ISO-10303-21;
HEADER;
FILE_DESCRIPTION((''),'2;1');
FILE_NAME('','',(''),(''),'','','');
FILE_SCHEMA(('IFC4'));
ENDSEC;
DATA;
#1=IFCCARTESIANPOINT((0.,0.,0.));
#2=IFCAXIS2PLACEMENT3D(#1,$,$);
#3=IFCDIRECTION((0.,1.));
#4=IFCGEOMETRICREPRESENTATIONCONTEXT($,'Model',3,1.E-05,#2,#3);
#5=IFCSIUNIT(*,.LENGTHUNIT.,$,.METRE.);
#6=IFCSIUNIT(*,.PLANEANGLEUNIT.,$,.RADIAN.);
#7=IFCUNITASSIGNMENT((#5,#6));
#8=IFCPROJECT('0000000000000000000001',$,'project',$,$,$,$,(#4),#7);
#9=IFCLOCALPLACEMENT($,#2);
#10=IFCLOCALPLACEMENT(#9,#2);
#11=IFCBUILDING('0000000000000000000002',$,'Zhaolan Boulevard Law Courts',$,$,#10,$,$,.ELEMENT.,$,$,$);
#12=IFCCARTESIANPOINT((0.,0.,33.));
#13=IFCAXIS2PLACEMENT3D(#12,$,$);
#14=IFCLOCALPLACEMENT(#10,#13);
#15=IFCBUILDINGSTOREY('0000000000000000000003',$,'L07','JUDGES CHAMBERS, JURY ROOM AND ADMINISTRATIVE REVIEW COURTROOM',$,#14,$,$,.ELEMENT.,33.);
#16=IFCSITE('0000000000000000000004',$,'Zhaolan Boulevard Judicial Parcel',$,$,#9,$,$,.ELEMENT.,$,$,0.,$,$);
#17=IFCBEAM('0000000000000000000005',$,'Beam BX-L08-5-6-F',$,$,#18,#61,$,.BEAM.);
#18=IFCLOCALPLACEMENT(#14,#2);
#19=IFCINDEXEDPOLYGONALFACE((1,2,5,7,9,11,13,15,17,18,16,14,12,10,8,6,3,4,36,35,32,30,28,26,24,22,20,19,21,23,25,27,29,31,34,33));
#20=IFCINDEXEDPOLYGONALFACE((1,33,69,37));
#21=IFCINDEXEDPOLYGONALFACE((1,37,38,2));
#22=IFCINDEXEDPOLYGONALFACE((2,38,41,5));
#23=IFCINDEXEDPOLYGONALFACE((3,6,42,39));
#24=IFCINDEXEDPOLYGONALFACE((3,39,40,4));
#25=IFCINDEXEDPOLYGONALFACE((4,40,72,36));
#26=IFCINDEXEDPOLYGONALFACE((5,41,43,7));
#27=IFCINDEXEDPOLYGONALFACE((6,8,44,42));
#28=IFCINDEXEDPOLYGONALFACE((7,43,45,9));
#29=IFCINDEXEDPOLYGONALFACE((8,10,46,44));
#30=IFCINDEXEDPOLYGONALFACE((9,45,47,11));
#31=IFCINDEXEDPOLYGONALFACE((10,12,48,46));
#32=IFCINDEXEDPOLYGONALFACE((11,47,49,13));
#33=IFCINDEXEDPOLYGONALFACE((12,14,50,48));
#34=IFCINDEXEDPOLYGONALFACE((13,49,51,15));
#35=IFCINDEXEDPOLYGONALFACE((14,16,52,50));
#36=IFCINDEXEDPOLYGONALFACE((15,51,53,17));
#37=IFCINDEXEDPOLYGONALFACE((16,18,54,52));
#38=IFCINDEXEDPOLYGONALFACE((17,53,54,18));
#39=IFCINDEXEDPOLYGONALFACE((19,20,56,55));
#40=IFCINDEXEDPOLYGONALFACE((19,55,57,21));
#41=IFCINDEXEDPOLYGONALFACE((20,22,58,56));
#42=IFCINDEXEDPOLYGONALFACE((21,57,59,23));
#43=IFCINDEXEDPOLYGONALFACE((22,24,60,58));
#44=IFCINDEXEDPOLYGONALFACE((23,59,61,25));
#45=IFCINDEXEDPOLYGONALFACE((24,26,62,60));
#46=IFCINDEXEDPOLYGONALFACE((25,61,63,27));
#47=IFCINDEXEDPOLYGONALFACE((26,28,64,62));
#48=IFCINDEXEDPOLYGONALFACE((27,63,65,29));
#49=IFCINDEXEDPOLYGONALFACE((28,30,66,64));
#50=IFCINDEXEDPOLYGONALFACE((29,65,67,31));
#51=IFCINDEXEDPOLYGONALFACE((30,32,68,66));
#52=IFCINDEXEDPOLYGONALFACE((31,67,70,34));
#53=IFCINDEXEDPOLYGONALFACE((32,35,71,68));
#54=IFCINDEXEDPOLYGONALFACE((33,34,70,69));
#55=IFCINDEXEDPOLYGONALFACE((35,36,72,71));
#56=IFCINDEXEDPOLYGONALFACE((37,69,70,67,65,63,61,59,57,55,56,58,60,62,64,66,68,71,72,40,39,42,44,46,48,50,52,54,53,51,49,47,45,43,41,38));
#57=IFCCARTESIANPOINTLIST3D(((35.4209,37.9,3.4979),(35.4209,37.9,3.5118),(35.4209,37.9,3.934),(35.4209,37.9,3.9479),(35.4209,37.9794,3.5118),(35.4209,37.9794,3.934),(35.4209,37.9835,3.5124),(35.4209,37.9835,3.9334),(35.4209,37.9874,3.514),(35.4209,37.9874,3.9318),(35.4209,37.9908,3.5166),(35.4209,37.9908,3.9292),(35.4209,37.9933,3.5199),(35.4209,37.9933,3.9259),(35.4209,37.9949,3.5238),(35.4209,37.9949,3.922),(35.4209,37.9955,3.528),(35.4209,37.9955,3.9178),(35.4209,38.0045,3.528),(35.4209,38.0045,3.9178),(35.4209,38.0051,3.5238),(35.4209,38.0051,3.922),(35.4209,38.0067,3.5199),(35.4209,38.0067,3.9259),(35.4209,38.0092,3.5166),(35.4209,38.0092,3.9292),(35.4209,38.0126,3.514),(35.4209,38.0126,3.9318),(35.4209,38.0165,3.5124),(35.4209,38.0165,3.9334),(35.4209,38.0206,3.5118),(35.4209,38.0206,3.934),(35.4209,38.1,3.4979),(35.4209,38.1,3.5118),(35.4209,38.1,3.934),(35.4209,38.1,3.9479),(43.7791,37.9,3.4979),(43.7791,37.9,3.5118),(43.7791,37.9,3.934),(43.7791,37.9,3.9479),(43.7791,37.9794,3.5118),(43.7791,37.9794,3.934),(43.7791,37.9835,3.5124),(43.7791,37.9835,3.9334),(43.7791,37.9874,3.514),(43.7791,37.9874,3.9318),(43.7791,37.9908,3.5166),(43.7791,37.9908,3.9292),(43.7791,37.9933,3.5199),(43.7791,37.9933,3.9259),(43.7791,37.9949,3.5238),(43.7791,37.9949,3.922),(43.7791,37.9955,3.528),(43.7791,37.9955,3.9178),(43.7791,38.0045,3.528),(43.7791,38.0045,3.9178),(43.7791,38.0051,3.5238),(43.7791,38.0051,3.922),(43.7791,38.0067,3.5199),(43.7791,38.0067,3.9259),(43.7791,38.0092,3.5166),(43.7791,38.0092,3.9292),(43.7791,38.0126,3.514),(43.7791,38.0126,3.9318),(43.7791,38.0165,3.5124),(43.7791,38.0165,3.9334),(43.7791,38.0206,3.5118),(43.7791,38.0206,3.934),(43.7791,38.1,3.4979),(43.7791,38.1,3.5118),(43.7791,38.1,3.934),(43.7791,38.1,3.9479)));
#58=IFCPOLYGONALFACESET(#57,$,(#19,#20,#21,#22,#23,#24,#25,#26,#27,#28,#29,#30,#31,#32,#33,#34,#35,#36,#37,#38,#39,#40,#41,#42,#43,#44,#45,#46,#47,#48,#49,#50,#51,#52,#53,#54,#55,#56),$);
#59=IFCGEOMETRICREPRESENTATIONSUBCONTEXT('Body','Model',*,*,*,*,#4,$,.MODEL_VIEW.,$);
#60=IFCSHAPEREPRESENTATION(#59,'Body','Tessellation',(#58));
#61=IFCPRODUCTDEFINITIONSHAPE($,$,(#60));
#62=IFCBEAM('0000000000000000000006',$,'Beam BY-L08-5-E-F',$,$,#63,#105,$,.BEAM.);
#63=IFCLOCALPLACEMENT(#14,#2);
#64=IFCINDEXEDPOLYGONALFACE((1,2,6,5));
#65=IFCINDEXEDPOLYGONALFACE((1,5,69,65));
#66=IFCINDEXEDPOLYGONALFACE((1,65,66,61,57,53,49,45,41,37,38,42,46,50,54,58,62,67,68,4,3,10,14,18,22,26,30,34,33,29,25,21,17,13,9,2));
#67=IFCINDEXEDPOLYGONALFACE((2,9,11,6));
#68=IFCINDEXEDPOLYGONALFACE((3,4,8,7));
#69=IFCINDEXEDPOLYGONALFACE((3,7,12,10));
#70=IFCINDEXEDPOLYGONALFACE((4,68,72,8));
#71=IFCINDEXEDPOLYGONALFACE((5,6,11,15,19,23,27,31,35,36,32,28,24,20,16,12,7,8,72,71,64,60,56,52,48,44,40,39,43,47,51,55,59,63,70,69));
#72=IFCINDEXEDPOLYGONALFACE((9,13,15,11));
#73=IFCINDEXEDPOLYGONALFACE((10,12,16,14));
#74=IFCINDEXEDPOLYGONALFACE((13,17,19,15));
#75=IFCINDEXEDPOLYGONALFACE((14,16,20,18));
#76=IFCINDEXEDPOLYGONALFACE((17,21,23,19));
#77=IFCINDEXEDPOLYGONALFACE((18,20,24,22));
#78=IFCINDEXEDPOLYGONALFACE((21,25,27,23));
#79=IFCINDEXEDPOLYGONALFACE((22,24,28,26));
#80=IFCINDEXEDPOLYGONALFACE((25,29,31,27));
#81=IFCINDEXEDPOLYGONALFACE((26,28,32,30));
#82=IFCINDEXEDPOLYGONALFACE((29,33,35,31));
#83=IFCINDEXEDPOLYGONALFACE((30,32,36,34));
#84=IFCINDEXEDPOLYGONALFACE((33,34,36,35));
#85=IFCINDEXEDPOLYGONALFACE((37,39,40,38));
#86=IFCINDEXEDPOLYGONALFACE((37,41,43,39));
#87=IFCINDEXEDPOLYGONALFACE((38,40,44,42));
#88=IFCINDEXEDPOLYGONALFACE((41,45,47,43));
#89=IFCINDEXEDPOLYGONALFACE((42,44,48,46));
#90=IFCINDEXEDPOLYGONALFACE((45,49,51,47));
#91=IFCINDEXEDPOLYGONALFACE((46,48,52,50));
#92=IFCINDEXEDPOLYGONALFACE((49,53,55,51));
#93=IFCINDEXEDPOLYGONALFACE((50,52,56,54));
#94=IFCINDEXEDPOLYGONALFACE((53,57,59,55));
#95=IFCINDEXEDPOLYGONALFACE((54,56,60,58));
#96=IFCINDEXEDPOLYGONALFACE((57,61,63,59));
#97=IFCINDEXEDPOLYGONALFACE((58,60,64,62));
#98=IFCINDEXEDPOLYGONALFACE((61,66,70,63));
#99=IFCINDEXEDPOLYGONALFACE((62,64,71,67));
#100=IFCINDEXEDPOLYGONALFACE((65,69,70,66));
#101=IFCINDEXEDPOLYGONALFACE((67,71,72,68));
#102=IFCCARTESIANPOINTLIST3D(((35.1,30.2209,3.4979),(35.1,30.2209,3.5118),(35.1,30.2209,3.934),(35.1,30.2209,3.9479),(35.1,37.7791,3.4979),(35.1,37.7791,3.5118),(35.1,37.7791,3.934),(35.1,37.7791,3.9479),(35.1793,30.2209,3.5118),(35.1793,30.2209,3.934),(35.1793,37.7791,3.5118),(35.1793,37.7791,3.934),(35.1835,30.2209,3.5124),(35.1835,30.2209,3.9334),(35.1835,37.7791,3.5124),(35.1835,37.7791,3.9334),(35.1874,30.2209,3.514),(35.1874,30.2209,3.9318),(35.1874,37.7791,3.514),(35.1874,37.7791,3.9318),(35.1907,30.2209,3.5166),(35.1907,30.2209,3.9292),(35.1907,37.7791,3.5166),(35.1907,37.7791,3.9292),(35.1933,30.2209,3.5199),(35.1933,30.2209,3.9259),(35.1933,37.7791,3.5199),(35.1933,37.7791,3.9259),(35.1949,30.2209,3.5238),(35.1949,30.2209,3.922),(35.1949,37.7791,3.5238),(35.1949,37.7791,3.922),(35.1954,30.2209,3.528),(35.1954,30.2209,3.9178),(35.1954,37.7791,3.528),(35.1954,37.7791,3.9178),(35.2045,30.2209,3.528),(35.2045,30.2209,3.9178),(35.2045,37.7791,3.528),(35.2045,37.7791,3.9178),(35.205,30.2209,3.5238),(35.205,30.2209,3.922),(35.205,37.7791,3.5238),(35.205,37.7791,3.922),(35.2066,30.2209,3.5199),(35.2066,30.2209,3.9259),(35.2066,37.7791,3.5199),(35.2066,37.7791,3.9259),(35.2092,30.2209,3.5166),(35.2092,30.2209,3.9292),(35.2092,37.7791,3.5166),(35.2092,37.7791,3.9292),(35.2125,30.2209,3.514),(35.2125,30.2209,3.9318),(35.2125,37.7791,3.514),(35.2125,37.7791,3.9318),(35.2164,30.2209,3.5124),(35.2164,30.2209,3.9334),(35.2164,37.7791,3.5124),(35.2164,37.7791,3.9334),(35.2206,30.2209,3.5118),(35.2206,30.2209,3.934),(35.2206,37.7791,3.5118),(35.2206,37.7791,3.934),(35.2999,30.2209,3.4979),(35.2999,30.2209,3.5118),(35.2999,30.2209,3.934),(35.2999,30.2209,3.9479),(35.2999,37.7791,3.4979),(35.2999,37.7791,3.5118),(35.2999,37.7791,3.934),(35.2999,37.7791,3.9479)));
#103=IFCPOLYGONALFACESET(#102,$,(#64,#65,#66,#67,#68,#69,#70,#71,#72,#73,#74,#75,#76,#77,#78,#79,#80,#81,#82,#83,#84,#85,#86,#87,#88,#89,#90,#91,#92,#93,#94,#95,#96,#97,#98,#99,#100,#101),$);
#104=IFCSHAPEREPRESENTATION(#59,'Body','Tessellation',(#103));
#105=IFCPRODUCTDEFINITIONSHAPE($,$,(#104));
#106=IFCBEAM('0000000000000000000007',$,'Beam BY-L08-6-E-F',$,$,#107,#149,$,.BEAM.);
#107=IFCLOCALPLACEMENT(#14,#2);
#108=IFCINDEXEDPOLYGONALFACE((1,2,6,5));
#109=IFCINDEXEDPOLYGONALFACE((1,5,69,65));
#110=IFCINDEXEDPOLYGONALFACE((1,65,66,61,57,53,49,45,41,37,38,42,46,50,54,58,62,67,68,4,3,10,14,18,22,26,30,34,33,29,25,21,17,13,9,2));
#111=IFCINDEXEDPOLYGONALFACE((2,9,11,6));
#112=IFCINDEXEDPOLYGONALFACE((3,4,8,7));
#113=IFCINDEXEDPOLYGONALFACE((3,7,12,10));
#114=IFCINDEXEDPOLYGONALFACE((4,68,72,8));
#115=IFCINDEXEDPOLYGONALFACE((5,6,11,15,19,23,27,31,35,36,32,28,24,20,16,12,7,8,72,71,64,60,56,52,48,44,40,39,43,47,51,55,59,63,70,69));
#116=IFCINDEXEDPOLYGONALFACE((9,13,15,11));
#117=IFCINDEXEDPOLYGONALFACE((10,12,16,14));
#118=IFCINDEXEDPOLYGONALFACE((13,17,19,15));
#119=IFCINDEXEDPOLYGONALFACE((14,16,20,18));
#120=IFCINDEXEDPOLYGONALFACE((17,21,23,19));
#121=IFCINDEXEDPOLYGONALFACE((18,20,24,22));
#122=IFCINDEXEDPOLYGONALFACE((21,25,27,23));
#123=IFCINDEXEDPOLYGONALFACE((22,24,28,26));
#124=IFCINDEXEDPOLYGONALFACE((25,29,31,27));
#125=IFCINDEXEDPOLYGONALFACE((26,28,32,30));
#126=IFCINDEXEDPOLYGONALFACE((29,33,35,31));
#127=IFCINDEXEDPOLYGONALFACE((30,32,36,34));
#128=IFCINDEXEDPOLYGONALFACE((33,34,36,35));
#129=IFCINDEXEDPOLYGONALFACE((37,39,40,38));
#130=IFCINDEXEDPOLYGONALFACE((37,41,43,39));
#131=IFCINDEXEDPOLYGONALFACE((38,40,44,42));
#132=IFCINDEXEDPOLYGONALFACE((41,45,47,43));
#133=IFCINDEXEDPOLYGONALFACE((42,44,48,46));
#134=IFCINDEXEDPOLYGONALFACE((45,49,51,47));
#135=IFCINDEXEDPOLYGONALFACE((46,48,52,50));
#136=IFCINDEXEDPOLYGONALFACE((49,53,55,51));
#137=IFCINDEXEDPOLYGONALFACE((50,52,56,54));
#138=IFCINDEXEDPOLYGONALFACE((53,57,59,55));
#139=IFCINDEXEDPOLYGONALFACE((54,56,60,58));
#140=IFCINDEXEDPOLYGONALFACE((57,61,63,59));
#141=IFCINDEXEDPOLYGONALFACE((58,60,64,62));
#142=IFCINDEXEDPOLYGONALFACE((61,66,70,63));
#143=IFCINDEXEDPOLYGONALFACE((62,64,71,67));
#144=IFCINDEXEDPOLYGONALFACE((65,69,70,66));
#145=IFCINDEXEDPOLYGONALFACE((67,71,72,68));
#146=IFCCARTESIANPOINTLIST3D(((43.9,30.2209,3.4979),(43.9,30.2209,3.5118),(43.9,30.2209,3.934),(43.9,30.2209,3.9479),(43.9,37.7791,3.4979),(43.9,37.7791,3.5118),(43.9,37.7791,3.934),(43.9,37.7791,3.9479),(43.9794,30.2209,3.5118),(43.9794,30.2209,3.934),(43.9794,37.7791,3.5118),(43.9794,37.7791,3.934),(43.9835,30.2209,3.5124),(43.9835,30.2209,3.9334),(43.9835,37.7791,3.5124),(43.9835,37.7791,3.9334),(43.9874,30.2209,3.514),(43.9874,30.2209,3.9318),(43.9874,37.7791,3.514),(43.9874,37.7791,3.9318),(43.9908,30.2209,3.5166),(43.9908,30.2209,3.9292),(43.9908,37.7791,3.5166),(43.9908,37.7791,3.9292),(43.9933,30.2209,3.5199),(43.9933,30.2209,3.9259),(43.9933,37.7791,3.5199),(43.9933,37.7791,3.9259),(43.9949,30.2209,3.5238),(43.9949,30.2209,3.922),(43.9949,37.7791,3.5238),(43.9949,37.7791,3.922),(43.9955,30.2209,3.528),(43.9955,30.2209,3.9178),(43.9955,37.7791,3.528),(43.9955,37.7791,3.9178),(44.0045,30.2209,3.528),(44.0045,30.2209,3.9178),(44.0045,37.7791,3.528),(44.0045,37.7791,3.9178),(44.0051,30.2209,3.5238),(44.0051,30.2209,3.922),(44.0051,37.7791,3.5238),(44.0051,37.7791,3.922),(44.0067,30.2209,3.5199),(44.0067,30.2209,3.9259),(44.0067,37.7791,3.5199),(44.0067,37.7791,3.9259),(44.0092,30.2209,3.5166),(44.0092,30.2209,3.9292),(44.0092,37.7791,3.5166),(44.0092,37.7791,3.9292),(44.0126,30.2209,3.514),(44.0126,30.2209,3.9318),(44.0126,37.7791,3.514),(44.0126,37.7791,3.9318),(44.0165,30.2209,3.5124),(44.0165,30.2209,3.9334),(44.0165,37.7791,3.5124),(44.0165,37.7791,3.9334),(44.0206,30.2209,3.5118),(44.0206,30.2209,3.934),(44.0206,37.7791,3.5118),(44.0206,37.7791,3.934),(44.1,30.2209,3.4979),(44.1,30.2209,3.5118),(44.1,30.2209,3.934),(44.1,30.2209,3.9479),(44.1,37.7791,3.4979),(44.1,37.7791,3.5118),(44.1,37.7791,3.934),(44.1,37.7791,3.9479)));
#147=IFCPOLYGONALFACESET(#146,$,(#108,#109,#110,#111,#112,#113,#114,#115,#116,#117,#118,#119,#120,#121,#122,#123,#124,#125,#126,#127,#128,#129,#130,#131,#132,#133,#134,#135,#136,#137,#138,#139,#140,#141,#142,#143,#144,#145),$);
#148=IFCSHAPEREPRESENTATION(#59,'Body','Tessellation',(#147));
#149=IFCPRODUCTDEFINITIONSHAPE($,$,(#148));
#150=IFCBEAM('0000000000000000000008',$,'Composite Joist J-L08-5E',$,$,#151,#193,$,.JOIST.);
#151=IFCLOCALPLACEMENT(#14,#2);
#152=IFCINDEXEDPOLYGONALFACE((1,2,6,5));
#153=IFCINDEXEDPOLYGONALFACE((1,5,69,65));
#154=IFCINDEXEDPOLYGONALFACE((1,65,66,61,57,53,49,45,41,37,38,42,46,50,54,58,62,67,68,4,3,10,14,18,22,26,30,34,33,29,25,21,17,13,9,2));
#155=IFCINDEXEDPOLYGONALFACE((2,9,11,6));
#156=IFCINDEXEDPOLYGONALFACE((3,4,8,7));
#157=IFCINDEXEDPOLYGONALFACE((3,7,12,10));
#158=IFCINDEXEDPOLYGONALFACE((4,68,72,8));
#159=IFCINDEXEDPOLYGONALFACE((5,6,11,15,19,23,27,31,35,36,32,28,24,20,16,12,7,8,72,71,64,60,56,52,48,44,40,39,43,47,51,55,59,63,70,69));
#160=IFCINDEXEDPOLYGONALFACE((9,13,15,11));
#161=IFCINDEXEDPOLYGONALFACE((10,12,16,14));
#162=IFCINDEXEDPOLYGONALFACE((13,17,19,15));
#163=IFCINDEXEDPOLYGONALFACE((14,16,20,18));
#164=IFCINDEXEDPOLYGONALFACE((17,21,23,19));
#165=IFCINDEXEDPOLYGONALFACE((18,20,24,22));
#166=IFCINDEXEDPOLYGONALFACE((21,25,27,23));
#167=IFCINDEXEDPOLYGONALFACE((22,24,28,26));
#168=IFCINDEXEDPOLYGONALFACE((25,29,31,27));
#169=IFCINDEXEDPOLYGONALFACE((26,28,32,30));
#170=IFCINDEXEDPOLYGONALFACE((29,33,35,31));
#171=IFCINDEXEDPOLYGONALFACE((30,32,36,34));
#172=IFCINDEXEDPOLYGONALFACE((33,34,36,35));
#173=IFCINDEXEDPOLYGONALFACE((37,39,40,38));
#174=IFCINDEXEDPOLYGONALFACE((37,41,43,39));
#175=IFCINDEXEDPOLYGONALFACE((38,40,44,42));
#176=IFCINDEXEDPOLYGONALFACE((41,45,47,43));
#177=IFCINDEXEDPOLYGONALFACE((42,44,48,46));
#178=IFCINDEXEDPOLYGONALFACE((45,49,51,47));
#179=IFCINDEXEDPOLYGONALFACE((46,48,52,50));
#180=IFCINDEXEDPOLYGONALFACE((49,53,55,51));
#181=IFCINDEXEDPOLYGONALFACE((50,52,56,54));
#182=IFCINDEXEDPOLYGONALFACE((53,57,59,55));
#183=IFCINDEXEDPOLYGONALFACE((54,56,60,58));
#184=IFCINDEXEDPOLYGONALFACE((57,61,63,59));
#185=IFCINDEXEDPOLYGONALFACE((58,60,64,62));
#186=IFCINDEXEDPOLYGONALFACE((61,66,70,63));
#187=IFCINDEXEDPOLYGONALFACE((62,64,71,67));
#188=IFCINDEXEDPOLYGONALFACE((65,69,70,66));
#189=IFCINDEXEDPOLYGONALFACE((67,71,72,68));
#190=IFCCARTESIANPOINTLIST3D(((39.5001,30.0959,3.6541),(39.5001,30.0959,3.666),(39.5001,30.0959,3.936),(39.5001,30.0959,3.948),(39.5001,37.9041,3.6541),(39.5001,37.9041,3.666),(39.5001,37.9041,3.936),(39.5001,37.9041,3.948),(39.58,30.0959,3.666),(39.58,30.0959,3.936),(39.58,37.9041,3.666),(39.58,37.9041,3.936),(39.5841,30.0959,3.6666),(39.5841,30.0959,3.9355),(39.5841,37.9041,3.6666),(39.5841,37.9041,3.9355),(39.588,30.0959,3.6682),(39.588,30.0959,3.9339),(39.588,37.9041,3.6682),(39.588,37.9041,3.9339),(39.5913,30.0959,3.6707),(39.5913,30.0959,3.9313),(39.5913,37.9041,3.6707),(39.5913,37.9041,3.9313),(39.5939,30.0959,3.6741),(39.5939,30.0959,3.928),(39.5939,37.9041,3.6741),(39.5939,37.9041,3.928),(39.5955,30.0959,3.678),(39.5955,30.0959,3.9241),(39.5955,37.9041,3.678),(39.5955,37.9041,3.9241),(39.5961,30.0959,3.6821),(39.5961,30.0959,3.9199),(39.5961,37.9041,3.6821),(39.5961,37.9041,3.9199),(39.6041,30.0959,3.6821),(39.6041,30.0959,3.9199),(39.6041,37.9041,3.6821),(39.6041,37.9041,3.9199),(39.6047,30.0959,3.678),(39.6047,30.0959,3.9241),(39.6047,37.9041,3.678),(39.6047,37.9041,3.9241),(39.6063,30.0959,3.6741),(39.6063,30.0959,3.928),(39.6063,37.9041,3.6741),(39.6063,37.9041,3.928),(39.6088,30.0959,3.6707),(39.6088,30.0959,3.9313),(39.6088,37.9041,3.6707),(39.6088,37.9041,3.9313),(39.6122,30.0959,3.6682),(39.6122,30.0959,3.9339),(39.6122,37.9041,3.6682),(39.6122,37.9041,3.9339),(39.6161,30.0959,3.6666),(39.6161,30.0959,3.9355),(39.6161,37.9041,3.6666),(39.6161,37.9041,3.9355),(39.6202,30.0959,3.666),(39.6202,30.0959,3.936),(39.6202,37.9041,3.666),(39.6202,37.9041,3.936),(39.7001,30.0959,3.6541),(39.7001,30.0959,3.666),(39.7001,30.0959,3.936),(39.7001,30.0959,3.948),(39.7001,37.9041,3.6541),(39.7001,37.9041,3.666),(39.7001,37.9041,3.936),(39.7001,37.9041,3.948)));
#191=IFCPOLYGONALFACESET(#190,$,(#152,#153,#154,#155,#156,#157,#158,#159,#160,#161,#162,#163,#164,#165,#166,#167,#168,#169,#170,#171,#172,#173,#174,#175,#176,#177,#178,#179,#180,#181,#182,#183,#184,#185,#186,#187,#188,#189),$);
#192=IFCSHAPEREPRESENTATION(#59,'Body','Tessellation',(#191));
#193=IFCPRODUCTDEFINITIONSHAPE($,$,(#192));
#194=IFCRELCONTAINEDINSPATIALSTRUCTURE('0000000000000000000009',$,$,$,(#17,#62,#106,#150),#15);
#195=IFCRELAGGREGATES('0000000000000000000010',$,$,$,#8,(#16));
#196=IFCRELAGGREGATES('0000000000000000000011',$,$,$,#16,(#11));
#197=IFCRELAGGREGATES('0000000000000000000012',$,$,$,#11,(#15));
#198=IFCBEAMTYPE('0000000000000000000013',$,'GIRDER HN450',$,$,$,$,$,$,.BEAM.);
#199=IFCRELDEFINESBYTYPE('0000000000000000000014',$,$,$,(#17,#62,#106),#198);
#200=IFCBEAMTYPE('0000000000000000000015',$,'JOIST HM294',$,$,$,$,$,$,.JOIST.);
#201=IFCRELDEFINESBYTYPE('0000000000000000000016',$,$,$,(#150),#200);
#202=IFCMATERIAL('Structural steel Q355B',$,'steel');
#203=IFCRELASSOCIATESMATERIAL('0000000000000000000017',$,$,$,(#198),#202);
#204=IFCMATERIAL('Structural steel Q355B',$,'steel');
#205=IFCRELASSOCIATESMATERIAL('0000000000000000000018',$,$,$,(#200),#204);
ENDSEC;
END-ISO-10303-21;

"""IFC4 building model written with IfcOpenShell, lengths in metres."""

from ifc_helpers import new_model, si_unit, direction, frame, origin, origin_2d, place, context, subcontext, project, spatial, i_section, extrude, material, material_profile, profile_set, type_object, element, save


model = new_model("IFC4")

# Units and contexts
model_context = context("Model", 3, precision=1e-05, world=origin(), true_north=direction((0.0, 1.0)))
body_context = subcontext(model_context, "Body", "Model", "MODEL_VIEW")
ifc_project = project(units=[si_unit("LENGTHUNIT", "METRE"), si_unit("PLANEANGLEUNIT", "RADIAN")], contexts=[model_context])

# Site, building, storey
site_placement = place(None, origin())
site = spatial("IfcSite", under=ifc_project, at=site_placement, Name="Zhaolan Boulevard Judicial Parcel", CompositionType="ELEMENT", RefElevation=0.0)
building_placement = place(site_placement, origin())
building = spatial("IfcBuilding", under=site, at=building_placement, Name="Zhaolan Boulevard Law Courts", CompositionType="ELEMENT")
storey_placement = place(building_placement, frame((0.0, 0.0, 33.0)))
storey = spatial("IfcBuildingStorey", under=building, at=storey_placement, Name="L07", Description="JUDGES CHAMBERS, JURY ROOM AND ADMINISTRATIVE REVIEW COURTROOM", CompositionType="ELEMENT", Elevation=33.0)

# Beams
ifc_material_1 = material(Name="Structural steel Q355B", Category="steel")
ifc_material_profile_1 = material_profile(ifc_material_1, i_section(OverallWidth=0.2, OverallDepth=0.45, WebThickness=0.009, FlangeThickness=0.0139, FilletRadius=0.0161, at=origin_2d()), Name="HN450x200")
ifc_profile_set_1 = profile_set([ifc_material_profile_1], Name="Structural steel Q355B")
beam_type_1 = type_object("IfcBeamType", Name="GIRDER HN450", PredefinedType="BEAM", material=ifc_profile_set_1)
beam_1_placement = place(storey_placement, frame((35.4209, 38.0, 3.7229), z_axis=(1.0, 0.0, 0.0), x_axis=(0.0, 1.0, 0.0)))
element("IfcBeam", 1, at=beam_1_placement, inside=storey, type_object=beam_type_1, Name="Beam BX-L08-5-6-F", PredefinedType="BEAM", context=body_context, shape_type="SweptSolid", body=[
    extrude(i_section(OverallWidth=0.2, OverallDepth=0.45, WebThickness=0.009, FlangeThickness=0.0139, FilletRadius=0.0161, at=origin_2d()), origin(), (0.0, 0.0, 1.0), 8.3582),
])
for number, where, z_axis, x_axis, name in (
    (2, (35.2, 30.2209, 3.7229), (0.0, 1.0, 0.0), (-1.0, 0.0, 0.0), "Beam BY-L08-5-E-F"),
    (3, (44.0, 30.2209, 3.7229), (0.0, 1.0, 0.0), (-1.0, 0.0, 0.0), "Beam BY-L08-6-E-F"),
):
    element("IfcBeam", number, at=place(storey_placement, frame(where, z_axis=z_axis, x_axis=x_axis)), inside=storey, type_object=beam_type_1, Name=name, PredefinedType="BEAM", context=body_context, shape_type="SweptSolid", body=[
        extrude(i_section(OverallWidth=0.2, OverallDepth=0.45, WebThickness=0.009, FlangeThickness=0.0139, FilletRadius=0.0161, at=origin_2d()), origin(), (0.0, 0.0, 1.0), 7.5581),
    ])
ifc_material_2 = material(Name="Structural steel Q355B", Category="steel")
ifc_material_profile_2 = material_profile(ifc_material_2, i_section(OverallWidth=0.2, OverallDepth=0.2939, WebThickness=0.0081, FlangeThickness=0.012, FilletRadius=0.0161, at=origin_2d()), Name="HM294x200")
ifc_profile_set_2 = profile_set([ifc_material_profile_2], Name="Structural steel Q355B")
beam_type_2 = type_object("IfcBeamType", Name="JOIST HM294", PredefinedType="JOIST", material=ifc_profile_set_2)
beam_2_placement = place(storey_placement, frame((39.6001, 30.0959, 3.801), z_axis=(0.0, 1.0, 0.0), x_axis=(-1.0, 0.0, 0.0)))
element("IfcBeam", 4, at=beam_2_placement, inside=storey, type_object=beam_type_2, Name="Composite Joist J-L08-5E", PredefinedType="JOIST", context=body_context, shape_type="SweptSolid", body=[
    extrude(i_section(OverallWidth=0.2, OverallDepth=0.2939, WebThickness=0.0081, FlangeThickness=0.012, FilletRadius=0.0161, at=origin_2d()), origin(), (0.0, 0.0, 1.0), 7.8081),
])

save(model, "model.ifc")
